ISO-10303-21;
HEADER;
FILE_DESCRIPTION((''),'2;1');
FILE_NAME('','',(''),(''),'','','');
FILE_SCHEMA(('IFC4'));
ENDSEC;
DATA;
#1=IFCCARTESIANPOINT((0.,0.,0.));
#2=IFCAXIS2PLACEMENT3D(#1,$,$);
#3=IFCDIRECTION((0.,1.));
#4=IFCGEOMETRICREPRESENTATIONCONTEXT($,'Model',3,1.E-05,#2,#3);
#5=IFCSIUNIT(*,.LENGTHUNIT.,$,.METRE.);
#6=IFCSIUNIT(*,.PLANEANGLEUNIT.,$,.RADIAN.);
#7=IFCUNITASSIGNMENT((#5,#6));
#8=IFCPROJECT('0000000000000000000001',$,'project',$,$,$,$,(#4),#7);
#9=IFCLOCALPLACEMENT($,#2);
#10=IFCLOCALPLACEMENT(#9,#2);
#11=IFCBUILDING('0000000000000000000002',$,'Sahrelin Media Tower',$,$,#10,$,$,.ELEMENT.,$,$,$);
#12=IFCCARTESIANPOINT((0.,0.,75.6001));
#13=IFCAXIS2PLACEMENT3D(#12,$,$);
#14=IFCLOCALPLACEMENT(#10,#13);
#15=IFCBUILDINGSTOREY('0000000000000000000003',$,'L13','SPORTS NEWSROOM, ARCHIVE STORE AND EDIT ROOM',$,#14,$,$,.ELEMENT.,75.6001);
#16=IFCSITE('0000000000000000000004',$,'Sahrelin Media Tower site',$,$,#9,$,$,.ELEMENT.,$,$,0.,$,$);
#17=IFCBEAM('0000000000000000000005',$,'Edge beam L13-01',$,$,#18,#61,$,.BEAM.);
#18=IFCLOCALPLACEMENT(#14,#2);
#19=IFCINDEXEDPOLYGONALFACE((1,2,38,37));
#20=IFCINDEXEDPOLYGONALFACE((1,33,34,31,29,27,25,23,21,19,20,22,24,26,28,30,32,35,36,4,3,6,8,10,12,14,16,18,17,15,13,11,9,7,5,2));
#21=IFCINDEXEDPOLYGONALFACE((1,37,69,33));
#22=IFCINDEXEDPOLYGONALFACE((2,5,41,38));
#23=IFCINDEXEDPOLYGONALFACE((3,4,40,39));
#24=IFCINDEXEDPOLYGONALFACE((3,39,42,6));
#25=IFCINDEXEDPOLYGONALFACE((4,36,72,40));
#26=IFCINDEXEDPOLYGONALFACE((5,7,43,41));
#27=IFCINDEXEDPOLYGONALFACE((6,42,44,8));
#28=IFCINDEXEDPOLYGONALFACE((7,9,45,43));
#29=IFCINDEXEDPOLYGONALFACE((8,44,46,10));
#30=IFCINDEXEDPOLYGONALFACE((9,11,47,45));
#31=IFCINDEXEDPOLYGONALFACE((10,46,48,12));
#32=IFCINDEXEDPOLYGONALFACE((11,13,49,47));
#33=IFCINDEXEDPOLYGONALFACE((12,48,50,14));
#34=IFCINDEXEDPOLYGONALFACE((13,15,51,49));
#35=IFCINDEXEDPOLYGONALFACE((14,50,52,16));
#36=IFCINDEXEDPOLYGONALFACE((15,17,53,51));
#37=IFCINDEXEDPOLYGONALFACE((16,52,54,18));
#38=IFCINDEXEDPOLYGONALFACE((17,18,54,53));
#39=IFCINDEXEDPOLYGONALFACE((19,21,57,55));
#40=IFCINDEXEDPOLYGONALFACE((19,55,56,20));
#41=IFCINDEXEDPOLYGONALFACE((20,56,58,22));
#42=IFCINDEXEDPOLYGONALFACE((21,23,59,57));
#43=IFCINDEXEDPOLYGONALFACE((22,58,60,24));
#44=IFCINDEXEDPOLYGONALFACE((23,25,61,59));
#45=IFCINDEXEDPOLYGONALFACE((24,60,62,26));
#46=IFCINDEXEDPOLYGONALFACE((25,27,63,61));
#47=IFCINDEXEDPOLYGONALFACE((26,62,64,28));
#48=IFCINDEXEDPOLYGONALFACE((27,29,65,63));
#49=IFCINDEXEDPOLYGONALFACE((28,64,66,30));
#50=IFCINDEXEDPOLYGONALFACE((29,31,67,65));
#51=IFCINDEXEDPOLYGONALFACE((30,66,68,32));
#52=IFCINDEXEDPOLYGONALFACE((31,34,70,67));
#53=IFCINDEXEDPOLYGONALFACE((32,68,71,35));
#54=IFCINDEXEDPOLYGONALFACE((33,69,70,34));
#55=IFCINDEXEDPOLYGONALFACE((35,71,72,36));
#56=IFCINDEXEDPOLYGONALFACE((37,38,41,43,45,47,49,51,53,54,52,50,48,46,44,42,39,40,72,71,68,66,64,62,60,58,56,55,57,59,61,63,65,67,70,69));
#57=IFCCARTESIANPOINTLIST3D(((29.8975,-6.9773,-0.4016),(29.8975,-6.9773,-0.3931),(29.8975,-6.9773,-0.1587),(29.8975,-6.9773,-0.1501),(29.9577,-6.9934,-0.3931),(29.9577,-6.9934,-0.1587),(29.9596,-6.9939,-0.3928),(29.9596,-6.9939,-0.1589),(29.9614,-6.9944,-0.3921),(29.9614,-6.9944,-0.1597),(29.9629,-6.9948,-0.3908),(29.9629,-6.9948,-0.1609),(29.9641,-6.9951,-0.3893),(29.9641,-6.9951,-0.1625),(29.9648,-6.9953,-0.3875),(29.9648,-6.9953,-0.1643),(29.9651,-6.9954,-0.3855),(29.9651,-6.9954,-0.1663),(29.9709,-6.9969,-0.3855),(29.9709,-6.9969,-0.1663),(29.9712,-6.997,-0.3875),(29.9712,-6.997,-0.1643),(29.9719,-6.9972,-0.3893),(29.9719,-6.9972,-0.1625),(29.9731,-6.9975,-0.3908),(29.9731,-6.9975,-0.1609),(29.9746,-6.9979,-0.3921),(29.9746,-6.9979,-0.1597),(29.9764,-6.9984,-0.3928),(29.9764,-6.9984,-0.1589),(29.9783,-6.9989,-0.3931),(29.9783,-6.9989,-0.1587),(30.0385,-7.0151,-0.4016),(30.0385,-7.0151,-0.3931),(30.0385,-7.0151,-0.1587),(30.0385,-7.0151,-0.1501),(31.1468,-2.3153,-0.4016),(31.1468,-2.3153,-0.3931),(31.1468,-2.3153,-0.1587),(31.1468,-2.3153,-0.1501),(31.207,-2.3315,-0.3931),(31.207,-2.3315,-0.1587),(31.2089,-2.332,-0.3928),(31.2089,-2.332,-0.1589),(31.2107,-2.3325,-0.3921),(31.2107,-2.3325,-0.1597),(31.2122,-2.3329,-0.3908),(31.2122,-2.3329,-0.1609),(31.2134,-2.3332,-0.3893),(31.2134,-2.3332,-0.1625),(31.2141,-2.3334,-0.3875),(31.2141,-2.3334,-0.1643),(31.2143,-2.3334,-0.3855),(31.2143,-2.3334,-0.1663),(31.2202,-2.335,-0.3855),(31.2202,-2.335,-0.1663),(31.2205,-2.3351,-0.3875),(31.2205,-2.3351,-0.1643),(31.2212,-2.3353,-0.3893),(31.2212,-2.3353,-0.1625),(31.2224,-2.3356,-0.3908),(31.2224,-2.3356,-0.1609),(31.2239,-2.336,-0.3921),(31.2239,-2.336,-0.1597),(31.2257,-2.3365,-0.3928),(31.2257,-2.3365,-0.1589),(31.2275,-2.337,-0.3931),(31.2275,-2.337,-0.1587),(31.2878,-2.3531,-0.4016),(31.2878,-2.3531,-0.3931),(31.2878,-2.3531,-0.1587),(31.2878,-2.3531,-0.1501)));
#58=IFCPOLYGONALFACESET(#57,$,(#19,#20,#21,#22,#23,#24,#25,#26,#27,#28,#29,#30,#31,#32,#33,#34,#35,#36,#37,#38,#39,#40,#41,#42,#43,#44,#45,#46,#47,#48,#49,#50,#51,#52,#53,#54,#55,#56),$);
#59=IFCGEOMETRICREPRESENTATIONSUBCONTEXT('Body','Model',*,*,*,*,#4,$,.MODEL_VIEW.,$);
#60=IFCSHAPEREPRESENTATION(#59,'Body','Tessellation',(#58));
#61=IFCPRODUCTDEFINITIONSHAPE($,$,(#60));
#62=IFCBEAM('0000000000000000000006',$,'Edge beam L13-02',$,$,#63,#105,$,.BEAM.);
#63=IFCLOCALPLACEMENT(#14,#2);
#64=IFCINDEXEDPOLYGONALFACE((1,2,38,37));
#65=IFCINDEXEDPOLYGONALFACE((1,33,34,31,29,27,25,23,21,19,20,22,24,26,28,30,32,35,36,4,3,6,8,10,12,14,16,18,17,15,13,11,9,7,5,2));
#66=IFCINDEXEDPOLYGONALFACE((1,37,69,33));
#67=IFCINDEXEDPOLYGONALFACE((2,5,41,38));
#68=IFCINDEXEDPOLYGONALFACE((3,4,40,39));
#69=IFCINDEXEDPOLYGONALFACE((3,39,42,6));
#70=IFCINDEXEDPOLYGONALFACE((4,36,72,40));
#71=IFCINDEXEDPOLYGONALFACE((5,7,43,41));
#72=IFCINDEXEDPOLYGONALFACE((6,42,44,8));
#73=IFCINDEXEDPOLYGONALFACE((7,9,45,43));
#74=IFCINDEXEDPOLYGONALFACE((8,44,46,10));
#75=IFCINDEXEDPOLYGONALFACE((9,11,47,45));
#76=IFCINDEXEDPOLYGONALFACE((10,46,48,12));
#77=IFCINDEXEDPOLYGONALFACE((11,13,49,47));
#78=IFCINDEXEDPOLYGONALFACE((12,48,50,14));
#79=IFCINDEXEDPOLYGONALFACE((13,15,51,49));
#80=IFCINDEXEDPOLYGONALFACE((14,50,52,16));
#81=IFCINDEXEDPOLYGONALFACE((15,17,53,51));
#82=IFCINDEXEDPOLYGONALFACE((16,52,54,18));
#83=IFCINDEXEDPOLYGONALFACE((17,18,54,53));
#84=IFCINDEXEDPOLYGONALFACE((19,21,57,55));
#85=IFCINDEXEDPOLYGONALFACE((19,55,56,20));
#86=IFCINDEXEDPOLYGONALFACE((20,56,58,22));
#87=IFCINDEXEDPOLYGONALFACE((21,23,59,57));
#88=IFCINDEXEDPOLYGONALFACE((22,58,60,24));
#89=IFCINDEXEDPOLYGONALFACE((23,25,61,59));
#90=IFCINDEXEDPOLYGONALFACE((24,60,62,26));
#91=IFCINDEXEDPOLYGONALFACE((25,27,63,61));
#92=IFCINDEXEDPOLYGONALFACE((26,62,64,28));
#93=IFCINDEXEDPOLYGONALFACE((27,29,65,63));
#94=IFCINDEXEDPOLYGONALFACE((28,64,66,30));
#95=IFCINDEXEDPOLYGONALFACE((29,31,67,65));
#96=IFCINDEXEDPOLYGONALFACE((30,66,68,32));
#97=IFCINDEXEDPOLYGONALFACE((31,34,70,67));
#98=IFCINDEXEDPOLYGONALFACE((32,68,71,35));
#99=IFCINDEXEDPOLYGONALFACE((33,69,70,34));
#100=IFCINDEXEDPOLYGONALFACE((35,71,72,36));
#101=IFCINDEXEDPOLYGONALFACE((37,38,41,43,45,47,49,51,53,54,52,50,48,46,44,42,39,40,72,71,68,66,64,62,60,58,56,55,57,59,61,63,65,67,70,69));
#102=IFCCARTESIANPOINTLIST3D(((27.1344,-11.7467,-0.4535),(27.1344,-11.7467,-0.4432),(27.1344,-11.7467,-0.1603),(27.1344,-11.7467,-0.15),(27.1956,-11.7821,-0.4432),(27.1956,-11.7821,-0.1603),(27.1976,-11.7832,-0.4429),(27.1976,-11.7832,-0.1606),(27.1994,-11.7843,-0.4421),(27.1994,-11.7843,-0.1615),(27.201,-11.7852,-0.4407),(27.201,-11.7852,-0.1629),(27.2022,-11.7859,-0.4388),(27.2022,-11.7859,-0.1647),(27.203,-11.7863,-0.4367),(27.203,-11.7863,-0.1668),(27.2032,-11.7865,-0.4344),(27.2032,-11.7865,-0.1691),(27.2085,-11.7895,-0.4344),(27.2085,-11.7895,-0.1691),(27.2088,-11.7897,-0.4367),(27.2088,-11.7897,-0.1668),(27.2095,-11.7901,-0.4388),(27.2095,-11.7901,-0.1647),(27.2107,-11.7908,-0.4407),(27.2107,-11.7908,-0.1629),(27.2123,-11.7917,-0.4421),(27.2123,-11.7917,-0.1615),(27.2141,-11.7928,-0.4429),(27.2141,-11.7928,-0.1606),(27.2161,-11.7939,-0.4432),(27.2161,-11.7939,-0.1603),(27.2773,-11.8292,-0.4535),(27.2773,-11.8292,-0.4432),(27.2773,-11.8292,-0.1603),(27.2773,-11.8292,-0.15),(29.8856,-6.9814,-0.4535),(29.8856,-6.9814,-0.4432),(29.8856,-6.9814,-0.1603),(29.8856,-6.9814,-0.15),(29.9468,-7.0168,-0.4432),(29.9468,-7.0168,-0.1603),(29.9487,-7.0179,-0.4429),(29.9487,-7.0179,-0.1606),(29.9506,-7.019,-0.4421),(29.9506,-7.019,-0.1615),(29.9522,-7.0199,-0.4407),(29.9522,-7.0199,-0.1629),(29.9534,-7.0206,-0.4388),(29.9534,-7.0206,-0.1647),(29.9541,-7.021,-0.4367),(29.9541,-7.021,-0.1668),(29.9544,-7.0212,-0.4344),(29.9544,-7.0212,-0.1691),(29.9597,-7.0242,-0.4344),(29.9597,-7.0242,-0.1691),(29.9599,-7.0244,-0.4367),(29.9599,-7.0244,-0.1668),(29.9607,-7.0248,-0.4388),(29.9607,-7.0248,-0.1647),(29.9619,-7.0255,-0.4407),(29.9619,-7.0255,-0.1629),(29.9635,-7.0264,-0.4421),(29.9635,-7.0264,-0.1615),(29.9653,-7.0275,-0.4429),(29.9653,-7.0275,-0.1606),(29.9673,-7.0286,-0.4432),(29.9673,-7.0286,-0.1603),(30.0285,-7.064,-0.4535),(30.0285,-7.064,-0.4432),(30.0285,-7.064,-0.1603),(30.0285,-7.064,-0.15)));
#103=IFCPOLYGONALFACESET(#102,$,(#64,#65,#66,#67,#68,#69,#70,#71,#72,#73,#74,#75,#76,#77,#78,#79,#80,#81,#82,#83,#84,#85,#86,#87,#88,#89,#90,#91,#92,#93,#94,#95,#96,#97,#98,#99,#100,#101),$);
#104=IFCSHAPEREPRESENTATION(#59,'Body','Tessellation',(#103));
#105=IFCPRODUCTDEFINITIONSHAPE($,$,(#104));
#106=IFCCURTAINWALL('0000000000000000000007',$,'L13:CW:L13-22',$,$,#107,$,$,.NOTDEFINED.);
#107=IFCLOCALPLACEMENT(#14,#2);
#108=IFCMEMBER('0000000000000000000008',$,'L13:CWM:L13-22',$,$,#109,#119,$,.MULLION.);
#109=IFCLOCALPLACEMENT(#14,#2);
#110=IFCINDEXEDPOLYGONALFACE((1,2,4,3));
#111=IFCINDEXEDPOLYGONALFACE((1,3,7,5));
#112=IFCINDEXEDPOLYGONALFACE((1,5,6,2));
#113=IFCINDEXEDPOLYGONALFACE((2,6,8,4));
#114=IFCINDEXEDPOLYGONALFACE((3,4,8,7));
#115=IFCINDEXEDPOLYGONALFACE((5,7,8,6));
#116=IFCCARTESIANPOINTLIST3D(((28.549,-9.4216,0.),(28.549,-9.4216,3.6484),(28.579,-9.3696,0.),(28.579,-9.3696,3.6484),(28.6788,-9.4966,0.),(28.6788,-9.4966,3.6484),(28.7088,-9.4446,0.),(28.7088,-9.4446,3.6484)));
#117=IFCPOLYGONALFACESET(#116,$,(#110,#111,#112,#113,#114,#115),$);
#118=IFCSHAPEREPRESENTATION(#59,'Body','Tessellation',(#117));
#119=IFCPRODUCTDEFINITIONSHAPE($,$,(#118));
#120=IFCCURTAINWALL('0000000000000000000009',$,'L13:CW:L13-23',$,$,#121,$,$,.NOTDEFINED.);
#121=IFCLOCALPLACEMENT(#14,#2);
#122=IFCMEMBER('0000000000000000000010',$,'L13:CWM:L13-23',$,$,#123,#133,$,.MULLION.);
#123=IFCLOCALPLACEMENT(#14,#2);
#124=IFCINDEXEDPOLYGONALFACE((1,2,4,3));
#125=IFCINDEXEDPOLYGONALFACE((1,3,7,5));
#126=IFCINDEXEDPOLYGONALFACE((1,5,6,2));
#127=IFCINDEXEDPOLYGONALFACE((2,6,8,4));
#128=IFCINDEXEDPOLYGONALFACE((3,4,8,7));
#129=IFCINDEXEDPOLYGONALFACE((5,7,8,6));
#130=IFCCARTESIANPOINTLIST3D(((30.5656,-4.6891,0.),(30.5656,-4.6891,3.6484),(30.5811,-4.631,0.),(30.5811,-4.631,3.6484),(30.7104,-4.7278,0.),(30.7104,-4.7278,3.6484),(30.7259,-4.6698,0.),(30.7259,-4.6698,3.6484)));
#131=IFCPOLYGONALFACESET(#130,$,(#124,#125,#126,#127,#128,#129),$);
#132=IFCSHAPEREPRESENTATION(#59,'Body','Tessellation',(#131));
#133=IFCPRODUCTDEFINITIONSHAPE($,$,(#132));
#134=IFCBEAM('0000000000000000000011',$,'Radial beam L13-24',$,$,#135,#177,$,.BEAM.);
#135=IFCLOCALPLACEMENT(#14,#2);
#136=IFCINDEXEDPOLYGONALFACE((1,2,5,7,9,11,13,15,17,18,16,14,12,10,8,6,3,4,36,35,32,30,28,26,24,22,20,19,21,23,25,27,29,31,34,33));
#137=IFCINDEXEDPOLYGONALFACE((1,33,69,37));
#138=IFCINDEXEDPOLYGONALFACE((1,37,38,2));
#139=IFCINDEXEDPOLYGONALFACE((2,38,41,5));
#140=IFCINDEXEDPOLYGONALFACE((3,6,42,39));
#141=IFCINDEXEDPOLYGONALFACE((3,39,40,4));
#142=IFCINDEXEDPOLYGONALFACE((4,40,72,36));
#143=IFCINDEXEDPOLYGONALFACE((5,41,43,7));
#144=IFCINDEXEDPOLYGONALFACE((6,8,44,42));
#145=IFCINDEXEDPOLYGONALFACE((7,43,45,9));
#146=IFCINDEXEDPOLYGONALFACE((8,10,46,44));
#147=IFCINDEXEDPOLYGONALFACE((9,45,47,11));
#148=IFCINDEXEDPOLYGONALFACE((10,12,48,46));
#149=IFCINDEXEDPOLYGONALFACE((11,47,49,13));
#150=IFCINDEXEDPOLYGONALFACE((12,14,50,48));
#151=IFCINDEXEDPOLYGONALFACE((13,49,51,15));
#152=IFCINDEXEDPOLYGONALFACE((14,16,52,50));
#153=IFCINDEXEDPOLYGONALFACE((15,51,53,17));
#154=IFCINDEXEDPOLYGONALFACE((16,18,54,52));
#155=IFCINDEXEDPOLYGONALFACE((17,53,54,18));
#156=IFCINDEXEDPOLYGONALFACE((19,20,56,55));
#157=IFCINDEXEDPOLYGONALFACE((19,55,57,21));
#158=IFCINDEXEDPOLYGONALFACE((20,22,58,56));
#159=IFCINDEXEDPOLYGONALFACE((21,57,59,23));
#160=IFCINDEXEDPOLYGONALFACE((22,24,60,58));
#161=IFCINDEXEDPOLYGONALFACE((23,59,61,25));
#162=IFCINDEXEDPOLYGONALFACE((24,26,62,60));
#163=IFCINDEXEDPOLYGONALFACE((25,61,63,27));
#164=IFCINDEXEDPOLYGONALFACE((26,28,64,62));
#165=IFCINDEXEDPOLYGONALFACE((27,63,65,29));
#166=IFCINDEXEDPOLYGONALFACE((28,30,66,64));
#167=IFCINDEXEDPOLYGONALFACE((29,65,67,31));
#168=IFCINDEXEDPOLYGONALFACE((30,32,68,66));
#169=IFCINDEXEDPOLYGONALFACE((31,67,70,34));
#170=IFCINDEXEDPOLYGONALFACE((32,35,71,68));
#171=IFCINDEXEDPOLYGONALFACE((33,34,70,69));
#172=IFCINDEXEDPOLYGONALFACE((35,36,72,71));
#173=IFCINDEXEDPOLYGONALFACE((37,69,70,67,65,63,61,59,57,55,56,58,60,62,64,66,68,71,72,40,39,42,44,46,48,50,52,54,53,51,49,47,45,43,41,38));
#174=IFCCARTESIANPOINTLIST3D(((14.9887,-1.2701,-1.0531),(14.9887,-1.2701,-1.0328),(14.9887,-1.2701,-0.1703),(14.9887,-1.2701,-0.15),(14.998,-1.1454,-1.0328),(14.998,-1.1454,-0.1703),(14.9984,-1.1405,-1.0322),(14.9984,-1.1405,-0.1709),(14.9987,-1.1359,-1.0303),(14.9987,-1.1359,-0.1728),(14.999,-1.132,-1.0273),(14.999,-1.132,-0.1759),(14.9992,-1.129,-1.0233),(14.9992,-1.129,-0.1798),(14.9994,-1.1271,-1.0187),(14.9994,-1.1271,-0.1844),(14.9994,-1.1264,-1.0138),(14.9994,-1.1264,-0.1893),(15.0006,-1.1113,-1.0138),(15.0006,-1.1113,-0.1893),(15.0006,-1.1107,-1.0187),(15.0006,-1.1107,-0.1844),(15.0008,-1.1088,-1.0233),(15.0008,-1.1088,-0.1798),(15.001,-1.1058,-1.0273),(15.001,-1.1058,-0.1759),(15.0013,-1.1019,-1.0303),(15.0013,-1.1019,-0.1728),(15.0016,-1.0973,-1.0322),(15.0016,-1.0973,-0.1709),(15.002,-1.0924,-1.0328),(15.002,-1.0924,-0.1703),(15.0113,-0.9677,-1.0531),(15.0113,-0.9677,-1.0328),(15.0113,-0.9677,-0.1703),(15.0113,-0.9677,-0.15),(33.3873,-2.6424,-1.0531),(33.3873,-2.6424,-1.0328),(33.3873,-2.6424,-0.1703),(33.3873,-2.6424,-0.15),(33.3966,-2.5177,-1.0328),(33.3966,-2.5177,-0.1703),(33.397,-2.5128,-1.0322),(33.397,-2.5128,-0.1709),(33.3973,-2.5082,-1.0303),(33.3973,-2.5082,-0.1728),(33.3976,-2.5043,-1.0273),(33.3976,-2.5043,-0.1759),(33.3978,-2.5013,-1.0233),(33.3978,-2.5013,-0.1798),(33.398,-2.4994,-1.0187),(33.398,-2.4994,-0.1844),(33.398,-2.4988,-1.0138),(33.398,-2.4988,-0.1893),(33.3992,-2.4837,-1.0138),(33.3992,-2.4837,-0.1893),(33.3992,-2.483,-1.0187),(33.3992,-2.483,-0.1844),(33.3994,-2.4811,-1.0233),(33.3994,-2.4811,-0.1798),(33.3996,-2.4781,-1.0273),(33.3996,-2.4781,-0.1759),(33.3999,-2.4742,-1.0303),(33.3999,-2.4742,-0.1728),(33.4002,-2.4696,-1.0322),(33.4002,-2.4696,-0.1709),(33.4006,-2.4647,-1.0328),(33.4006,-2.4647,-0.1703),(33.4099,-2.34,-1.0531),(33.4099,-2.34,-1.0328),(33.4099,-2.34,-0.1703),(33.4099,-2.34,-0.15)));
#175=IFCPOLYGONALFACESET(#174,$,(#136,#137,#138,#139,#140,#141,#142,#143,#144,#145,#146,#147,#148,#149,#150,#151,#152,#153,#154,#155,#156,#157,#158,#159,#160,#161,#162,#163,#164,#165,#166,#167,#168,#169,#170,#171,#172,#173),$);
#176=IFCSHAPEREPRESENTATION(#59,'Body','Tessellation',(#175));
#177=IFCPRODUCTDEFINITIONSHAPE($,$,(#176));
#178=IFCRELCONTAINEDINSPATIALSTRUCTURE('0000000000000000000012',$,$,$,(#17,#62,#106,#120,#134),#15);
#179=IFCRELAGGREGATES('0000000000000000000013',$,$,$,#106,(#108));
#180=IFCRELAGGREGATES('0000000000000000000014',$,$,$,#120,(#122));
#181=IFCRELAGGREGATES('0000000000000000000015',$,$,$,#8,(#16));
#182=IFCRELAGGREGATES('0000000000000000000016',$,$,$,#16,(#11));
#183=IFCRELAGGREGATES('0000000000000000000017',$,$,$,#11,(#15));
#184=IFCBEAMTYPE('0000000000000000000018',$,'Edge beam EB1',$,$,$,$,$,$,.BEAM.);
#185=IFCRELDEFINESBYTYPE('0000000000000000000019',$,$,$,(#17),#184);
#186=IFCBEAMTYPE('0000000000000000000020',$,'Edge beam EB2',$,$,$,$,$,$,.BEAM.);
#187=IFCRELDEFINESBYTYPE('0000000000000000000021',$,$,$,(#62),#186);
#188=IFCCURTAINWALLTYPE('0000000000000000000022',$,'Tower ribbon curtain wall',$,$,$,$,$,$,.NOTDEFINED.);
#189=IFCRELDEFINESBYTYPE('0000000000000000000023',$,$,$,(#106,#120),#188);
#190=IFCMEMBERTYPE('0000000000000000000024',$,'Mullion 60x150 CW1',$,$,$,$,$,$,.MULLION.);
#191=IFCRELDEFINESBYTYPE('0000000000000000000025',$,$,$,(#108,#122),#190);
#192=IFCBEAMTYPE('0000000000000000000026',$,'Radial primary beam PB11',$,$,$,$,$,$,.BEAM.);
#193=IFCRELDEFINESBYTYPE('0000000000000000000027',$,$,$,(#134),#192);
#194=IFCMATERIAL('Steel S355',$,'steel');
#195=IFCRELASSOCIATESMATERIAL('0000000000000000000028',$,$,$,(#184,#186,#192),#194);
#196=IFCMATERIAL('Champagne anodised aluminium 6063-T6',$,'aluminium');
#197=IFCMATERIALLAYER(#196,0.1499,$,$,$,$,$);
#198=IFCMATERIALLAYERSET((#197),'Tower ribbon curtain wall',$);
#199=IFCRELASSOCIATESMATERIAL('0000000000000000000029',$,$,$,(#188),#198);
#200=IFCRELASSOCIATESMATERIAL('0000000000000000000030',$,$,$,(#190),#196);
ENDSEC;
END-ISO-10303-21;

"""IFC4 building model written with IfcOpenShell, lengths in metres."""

from ifc_helpers import new_model, si_unit, direction, frame, origin, origin_2d, place, context, subcontext, project, spatial, rectangle, i_section, extrude, material, layer, layer_set, material_profile, profile_set, type_object, element, aggregate, save


model = new_model("IFC4")

# Units and contexts
model_context = context("Model", 3, precision=1e-05, world=origin(), true_north=direction((0.0, 1.0)))
body_context = subcontext(model_context, "Body", "Model", "MODEL_VIEW")
ifc_project = project(units=[si_unit("LENGTHUNIT", "METRE"), si_unit("PLANEANGLEUNIT", "RADIAN")], contexts=[model_context])

# Site, building, storey
site_placement = place(None, origin())
site = spatial("IfcSite", under=ifc_project, at=site_placement, Name="Sahrelin Media Tower site", CompositionType="ELEMENT", RefElevation=0.0)
building_placement = place(site_placement, origin())
building = spatial("IfcBuilding", under=site, at=building_placement, Name="Sahrelin Media Tower", CompositionType="ELEMENT")
storey_placement = place(building_placement, frame((0.0, 0.0, 75.6001)))
storey = spatial("IfcBuildingStorey", under=building, at=storey_placement, Name="L13", Description="SPORTS NEWSROOM, ARCHIVE STORE AND EDIT ROOM", CompositionType="ELEMENT", Elevation=75.6001)

# Beams
ifc_material_1 = material(Name="Steel S355", Category="steel")
ifc_material_profile_1 = material_profile(ifc_material_1, i_section(OverallWidth=0.146, OverallDepth=0.2515, WebThickness=0.0061, FlangeThickness=0.0085, FilletRadius=0.0076, at=origin_2d()), Name="UB 254x146x31")
ifc_profile_set_1 = profile_set([ifc_material_profile_1], Name="Steel S355")
beam_type_1 = type_object("IfcBeamType", Name="Edge beam EB1", PredefinedType="BEAM", material=ifc_profile_set_1)
beam_1_placement = place(storey_placement, frame((31.2173, -2.3342, -0.2759), z_axis=(-0.258843, -0.965919, 0.0), x_axis=(0.965919, -0.258843, 0.0)))
element("IfcBeam", 1, at=beam_1_placement, inside=storey, type_object=beam_type_1, Name="Edge beam L13-01", PredefinedType="BEAM", context=body_context, shape_type="SweptSolid", body=[
    extrude(i_section(OverallWidth=0.146, OverallDepth=0.2515, WebThickness=0.0061, FlangeThickness=0.0085, FilletRadius=0.0076, at=origin_2d()), origin(), (0.0, 0.0, 1.0), 4.8264),
])
ifc_material_profile_2 = material_profile(ifc_material_1, i_section(OverallWidth=0.165, OverallDepth=0.3035, WebThickness=0.0061, FlangeThickness=0.0103, FilletRadius=0.0088, at=origin_2d()), Name="UB 305x165x40")
ifc_profile_set_2 = profile_set([ifc_material_profile_2], Name="Steel S355")
beam_type_2 = type_object("IfcBeamType", Name="Edge beam EB2", PredefinedType="BEAM", material=ifc_profile_set_2)
beam_2_placement = place(storey_placement, frame((29.957, -7.0227, -0.3018), z_axis=(-0.49999, -0.866031, 0.0), x_axis=(0.866031, -0.49999, 0.0)))
element("IfcBeam", 2, at=beam_2_placement, inside=storey, type_object=beam_type_2, Name="Edge beam L13-02", PredefinedType="BEAM", context=body_context, shape_type="SweptSolid", body=[
    extrude(i_section(OverallWidth=0.165, OverallDepth=0.3035, WebThickness=0.0061, FlangeThickness=0.0103, FilletRadius=0.0088, at=origin_2d()), origin(), (0.0, 0.0, 1.0), 5.5024),
])

# Curtain walls, members
ifc_material_2 = material(Name="Champagne anodised aluminium 6063-T6", Category="aluminium")
ifc_layer_1 = layer(ifc_material_2, 0.1499)
ifc_layer_set_1 = layer_set([ifc_layer_1], Name="Tower ribbon curtain wall")
curtain_wall_type = type_object("IfcCurtainWallType", Name="Tower ribbon curtain wall", PredefinedType="NOTDEFINED", material=ifc_layer_set_1)
curtain_wall_1_placement = place(storey_placement, frame((28.7112, -9.4805, 0.0), z_axis=(0.0, 0.0, 1.0), x_axis=(1.0, 0.0, 0.0)))
curtain_wall_1 = element("IfcCurtainWall", 3, at=curtain_wall_1_placement, inside=storey, type_object=curtain_wall_type, Name="L13:CW:L13-22", PredefinedType="NOTDEFINED")
ifc_material_profile_3 = material_profile(ifc_material_2, rectangle(XDim=0.0601, YDim=0.1499, at=origin_2d()), Name="Mullion 60x150")
ifc_profile_set_3 = profile_set([ifc_material_profile_3], Name="Champagne anodised aluminium 6063-T6")
member_type_1 = type_object("IfcMemberType", Name="Mullion 60x150 CW1", PredefinedType="MULLION", material=ifc_profile_set_3)
member_1_placement = place(storey_placement, frame((28.6289, -9.4331, 0.0), z_axis=(0.0, 0.0, 1.0), x_axis=(0.5, 0.866025, 0.0)))
member_1 = element("IfcMember", 4, at=member_1_placement, type_object=member_type_1, Name="L13:CWM:L13-22", PredefinedType="MULLION", context=body_context, shape_type="SweptSolid", body=[
    extrude(rectangle(XDim=0.0601, YDim=0.1499, at=origin_2d()), origin(), (0.0, 0.0, 1.0), 3.6484),
])
aggregate(curtain_wall_1, [member_1])
curtain_wall_2_placement = place(storey_placement, frame((30.7375, -4.7041, 0.0), z_axis=(0.0, 0.0, 1.0), x_axis=(1.0, 0.0, 0.0)))
curtain_wall_2 = element("IfcCurtainWall", 5, at=curtain_wall_2_placement, inside=storey, type_object=curtain_wall_type, Name="L13:CW:L13-23", PredefinedType="NOTDEFINED")
member_2_placement = place(storey_placement, frame((30.6458, -4.6794, 0.0), z_axis=(0.0, 0.0, 1.0), x_axis=(0.258821, 0.965925, 0.0)))
member_2 = element("IfcMember", 6, at=member_2_placement, type_object=member_type_1, Name="L13:CWM:L13-23", PredefinedType="MULLION", context=body_context, shape_type="SweptSolid", body=[
    extrude(rectangle(XDim=0.0601, YDim=0.1499, at=origin_2d()), origin(), (0.0, 0.0, 1.0), 3.6484),
])

# Beam
ifc_material_profile_4 = material_profile(ifc_material_1, i_section(OverallWidth=0.3032, OverallDepth=0.9031, WebThickness=0.0151, FlangeThickness=0.0203, FilletRadius=0.019, at=origin_2d()), Name="UB 914x305x201")
ifc_profile_set_4 = profile_set([ifc_material_profile_4], Name="Steel S355")
beam_type_3 = type_object("IfcBeamType", Name="Radial primary beam PB11", PredefinedType="BEAM", material=ifc_profile_set_4)
beam_3_placement = place(storey_placement, frame((15.0, -1.1189, -0.6016), z_axis=(0.99723, -0.074381, 0.0), x_axis=(0.074381, 0.99723, 0.0)))
element("IfcBeam", 7, at=beam_3_placement, inside=storey, type_object=beam_type_3, Name="Radial beam L13-24", PredefinedType="BEAM", context=body_context, shape_type="SweptSolid", body=[
    extrude(i_section(OverallWidth=0.3032, OverallDepth=0.9031, WebThickness=0.0151, FlangeThickness=0.0203, FilletRadius=0.019, at=origin_2d()), origin(), (0.0, 0.0, 1.0), 18.4497),
])

aggregate(curtain_wall_2, [member_2])

save(model, "model.ifc")
